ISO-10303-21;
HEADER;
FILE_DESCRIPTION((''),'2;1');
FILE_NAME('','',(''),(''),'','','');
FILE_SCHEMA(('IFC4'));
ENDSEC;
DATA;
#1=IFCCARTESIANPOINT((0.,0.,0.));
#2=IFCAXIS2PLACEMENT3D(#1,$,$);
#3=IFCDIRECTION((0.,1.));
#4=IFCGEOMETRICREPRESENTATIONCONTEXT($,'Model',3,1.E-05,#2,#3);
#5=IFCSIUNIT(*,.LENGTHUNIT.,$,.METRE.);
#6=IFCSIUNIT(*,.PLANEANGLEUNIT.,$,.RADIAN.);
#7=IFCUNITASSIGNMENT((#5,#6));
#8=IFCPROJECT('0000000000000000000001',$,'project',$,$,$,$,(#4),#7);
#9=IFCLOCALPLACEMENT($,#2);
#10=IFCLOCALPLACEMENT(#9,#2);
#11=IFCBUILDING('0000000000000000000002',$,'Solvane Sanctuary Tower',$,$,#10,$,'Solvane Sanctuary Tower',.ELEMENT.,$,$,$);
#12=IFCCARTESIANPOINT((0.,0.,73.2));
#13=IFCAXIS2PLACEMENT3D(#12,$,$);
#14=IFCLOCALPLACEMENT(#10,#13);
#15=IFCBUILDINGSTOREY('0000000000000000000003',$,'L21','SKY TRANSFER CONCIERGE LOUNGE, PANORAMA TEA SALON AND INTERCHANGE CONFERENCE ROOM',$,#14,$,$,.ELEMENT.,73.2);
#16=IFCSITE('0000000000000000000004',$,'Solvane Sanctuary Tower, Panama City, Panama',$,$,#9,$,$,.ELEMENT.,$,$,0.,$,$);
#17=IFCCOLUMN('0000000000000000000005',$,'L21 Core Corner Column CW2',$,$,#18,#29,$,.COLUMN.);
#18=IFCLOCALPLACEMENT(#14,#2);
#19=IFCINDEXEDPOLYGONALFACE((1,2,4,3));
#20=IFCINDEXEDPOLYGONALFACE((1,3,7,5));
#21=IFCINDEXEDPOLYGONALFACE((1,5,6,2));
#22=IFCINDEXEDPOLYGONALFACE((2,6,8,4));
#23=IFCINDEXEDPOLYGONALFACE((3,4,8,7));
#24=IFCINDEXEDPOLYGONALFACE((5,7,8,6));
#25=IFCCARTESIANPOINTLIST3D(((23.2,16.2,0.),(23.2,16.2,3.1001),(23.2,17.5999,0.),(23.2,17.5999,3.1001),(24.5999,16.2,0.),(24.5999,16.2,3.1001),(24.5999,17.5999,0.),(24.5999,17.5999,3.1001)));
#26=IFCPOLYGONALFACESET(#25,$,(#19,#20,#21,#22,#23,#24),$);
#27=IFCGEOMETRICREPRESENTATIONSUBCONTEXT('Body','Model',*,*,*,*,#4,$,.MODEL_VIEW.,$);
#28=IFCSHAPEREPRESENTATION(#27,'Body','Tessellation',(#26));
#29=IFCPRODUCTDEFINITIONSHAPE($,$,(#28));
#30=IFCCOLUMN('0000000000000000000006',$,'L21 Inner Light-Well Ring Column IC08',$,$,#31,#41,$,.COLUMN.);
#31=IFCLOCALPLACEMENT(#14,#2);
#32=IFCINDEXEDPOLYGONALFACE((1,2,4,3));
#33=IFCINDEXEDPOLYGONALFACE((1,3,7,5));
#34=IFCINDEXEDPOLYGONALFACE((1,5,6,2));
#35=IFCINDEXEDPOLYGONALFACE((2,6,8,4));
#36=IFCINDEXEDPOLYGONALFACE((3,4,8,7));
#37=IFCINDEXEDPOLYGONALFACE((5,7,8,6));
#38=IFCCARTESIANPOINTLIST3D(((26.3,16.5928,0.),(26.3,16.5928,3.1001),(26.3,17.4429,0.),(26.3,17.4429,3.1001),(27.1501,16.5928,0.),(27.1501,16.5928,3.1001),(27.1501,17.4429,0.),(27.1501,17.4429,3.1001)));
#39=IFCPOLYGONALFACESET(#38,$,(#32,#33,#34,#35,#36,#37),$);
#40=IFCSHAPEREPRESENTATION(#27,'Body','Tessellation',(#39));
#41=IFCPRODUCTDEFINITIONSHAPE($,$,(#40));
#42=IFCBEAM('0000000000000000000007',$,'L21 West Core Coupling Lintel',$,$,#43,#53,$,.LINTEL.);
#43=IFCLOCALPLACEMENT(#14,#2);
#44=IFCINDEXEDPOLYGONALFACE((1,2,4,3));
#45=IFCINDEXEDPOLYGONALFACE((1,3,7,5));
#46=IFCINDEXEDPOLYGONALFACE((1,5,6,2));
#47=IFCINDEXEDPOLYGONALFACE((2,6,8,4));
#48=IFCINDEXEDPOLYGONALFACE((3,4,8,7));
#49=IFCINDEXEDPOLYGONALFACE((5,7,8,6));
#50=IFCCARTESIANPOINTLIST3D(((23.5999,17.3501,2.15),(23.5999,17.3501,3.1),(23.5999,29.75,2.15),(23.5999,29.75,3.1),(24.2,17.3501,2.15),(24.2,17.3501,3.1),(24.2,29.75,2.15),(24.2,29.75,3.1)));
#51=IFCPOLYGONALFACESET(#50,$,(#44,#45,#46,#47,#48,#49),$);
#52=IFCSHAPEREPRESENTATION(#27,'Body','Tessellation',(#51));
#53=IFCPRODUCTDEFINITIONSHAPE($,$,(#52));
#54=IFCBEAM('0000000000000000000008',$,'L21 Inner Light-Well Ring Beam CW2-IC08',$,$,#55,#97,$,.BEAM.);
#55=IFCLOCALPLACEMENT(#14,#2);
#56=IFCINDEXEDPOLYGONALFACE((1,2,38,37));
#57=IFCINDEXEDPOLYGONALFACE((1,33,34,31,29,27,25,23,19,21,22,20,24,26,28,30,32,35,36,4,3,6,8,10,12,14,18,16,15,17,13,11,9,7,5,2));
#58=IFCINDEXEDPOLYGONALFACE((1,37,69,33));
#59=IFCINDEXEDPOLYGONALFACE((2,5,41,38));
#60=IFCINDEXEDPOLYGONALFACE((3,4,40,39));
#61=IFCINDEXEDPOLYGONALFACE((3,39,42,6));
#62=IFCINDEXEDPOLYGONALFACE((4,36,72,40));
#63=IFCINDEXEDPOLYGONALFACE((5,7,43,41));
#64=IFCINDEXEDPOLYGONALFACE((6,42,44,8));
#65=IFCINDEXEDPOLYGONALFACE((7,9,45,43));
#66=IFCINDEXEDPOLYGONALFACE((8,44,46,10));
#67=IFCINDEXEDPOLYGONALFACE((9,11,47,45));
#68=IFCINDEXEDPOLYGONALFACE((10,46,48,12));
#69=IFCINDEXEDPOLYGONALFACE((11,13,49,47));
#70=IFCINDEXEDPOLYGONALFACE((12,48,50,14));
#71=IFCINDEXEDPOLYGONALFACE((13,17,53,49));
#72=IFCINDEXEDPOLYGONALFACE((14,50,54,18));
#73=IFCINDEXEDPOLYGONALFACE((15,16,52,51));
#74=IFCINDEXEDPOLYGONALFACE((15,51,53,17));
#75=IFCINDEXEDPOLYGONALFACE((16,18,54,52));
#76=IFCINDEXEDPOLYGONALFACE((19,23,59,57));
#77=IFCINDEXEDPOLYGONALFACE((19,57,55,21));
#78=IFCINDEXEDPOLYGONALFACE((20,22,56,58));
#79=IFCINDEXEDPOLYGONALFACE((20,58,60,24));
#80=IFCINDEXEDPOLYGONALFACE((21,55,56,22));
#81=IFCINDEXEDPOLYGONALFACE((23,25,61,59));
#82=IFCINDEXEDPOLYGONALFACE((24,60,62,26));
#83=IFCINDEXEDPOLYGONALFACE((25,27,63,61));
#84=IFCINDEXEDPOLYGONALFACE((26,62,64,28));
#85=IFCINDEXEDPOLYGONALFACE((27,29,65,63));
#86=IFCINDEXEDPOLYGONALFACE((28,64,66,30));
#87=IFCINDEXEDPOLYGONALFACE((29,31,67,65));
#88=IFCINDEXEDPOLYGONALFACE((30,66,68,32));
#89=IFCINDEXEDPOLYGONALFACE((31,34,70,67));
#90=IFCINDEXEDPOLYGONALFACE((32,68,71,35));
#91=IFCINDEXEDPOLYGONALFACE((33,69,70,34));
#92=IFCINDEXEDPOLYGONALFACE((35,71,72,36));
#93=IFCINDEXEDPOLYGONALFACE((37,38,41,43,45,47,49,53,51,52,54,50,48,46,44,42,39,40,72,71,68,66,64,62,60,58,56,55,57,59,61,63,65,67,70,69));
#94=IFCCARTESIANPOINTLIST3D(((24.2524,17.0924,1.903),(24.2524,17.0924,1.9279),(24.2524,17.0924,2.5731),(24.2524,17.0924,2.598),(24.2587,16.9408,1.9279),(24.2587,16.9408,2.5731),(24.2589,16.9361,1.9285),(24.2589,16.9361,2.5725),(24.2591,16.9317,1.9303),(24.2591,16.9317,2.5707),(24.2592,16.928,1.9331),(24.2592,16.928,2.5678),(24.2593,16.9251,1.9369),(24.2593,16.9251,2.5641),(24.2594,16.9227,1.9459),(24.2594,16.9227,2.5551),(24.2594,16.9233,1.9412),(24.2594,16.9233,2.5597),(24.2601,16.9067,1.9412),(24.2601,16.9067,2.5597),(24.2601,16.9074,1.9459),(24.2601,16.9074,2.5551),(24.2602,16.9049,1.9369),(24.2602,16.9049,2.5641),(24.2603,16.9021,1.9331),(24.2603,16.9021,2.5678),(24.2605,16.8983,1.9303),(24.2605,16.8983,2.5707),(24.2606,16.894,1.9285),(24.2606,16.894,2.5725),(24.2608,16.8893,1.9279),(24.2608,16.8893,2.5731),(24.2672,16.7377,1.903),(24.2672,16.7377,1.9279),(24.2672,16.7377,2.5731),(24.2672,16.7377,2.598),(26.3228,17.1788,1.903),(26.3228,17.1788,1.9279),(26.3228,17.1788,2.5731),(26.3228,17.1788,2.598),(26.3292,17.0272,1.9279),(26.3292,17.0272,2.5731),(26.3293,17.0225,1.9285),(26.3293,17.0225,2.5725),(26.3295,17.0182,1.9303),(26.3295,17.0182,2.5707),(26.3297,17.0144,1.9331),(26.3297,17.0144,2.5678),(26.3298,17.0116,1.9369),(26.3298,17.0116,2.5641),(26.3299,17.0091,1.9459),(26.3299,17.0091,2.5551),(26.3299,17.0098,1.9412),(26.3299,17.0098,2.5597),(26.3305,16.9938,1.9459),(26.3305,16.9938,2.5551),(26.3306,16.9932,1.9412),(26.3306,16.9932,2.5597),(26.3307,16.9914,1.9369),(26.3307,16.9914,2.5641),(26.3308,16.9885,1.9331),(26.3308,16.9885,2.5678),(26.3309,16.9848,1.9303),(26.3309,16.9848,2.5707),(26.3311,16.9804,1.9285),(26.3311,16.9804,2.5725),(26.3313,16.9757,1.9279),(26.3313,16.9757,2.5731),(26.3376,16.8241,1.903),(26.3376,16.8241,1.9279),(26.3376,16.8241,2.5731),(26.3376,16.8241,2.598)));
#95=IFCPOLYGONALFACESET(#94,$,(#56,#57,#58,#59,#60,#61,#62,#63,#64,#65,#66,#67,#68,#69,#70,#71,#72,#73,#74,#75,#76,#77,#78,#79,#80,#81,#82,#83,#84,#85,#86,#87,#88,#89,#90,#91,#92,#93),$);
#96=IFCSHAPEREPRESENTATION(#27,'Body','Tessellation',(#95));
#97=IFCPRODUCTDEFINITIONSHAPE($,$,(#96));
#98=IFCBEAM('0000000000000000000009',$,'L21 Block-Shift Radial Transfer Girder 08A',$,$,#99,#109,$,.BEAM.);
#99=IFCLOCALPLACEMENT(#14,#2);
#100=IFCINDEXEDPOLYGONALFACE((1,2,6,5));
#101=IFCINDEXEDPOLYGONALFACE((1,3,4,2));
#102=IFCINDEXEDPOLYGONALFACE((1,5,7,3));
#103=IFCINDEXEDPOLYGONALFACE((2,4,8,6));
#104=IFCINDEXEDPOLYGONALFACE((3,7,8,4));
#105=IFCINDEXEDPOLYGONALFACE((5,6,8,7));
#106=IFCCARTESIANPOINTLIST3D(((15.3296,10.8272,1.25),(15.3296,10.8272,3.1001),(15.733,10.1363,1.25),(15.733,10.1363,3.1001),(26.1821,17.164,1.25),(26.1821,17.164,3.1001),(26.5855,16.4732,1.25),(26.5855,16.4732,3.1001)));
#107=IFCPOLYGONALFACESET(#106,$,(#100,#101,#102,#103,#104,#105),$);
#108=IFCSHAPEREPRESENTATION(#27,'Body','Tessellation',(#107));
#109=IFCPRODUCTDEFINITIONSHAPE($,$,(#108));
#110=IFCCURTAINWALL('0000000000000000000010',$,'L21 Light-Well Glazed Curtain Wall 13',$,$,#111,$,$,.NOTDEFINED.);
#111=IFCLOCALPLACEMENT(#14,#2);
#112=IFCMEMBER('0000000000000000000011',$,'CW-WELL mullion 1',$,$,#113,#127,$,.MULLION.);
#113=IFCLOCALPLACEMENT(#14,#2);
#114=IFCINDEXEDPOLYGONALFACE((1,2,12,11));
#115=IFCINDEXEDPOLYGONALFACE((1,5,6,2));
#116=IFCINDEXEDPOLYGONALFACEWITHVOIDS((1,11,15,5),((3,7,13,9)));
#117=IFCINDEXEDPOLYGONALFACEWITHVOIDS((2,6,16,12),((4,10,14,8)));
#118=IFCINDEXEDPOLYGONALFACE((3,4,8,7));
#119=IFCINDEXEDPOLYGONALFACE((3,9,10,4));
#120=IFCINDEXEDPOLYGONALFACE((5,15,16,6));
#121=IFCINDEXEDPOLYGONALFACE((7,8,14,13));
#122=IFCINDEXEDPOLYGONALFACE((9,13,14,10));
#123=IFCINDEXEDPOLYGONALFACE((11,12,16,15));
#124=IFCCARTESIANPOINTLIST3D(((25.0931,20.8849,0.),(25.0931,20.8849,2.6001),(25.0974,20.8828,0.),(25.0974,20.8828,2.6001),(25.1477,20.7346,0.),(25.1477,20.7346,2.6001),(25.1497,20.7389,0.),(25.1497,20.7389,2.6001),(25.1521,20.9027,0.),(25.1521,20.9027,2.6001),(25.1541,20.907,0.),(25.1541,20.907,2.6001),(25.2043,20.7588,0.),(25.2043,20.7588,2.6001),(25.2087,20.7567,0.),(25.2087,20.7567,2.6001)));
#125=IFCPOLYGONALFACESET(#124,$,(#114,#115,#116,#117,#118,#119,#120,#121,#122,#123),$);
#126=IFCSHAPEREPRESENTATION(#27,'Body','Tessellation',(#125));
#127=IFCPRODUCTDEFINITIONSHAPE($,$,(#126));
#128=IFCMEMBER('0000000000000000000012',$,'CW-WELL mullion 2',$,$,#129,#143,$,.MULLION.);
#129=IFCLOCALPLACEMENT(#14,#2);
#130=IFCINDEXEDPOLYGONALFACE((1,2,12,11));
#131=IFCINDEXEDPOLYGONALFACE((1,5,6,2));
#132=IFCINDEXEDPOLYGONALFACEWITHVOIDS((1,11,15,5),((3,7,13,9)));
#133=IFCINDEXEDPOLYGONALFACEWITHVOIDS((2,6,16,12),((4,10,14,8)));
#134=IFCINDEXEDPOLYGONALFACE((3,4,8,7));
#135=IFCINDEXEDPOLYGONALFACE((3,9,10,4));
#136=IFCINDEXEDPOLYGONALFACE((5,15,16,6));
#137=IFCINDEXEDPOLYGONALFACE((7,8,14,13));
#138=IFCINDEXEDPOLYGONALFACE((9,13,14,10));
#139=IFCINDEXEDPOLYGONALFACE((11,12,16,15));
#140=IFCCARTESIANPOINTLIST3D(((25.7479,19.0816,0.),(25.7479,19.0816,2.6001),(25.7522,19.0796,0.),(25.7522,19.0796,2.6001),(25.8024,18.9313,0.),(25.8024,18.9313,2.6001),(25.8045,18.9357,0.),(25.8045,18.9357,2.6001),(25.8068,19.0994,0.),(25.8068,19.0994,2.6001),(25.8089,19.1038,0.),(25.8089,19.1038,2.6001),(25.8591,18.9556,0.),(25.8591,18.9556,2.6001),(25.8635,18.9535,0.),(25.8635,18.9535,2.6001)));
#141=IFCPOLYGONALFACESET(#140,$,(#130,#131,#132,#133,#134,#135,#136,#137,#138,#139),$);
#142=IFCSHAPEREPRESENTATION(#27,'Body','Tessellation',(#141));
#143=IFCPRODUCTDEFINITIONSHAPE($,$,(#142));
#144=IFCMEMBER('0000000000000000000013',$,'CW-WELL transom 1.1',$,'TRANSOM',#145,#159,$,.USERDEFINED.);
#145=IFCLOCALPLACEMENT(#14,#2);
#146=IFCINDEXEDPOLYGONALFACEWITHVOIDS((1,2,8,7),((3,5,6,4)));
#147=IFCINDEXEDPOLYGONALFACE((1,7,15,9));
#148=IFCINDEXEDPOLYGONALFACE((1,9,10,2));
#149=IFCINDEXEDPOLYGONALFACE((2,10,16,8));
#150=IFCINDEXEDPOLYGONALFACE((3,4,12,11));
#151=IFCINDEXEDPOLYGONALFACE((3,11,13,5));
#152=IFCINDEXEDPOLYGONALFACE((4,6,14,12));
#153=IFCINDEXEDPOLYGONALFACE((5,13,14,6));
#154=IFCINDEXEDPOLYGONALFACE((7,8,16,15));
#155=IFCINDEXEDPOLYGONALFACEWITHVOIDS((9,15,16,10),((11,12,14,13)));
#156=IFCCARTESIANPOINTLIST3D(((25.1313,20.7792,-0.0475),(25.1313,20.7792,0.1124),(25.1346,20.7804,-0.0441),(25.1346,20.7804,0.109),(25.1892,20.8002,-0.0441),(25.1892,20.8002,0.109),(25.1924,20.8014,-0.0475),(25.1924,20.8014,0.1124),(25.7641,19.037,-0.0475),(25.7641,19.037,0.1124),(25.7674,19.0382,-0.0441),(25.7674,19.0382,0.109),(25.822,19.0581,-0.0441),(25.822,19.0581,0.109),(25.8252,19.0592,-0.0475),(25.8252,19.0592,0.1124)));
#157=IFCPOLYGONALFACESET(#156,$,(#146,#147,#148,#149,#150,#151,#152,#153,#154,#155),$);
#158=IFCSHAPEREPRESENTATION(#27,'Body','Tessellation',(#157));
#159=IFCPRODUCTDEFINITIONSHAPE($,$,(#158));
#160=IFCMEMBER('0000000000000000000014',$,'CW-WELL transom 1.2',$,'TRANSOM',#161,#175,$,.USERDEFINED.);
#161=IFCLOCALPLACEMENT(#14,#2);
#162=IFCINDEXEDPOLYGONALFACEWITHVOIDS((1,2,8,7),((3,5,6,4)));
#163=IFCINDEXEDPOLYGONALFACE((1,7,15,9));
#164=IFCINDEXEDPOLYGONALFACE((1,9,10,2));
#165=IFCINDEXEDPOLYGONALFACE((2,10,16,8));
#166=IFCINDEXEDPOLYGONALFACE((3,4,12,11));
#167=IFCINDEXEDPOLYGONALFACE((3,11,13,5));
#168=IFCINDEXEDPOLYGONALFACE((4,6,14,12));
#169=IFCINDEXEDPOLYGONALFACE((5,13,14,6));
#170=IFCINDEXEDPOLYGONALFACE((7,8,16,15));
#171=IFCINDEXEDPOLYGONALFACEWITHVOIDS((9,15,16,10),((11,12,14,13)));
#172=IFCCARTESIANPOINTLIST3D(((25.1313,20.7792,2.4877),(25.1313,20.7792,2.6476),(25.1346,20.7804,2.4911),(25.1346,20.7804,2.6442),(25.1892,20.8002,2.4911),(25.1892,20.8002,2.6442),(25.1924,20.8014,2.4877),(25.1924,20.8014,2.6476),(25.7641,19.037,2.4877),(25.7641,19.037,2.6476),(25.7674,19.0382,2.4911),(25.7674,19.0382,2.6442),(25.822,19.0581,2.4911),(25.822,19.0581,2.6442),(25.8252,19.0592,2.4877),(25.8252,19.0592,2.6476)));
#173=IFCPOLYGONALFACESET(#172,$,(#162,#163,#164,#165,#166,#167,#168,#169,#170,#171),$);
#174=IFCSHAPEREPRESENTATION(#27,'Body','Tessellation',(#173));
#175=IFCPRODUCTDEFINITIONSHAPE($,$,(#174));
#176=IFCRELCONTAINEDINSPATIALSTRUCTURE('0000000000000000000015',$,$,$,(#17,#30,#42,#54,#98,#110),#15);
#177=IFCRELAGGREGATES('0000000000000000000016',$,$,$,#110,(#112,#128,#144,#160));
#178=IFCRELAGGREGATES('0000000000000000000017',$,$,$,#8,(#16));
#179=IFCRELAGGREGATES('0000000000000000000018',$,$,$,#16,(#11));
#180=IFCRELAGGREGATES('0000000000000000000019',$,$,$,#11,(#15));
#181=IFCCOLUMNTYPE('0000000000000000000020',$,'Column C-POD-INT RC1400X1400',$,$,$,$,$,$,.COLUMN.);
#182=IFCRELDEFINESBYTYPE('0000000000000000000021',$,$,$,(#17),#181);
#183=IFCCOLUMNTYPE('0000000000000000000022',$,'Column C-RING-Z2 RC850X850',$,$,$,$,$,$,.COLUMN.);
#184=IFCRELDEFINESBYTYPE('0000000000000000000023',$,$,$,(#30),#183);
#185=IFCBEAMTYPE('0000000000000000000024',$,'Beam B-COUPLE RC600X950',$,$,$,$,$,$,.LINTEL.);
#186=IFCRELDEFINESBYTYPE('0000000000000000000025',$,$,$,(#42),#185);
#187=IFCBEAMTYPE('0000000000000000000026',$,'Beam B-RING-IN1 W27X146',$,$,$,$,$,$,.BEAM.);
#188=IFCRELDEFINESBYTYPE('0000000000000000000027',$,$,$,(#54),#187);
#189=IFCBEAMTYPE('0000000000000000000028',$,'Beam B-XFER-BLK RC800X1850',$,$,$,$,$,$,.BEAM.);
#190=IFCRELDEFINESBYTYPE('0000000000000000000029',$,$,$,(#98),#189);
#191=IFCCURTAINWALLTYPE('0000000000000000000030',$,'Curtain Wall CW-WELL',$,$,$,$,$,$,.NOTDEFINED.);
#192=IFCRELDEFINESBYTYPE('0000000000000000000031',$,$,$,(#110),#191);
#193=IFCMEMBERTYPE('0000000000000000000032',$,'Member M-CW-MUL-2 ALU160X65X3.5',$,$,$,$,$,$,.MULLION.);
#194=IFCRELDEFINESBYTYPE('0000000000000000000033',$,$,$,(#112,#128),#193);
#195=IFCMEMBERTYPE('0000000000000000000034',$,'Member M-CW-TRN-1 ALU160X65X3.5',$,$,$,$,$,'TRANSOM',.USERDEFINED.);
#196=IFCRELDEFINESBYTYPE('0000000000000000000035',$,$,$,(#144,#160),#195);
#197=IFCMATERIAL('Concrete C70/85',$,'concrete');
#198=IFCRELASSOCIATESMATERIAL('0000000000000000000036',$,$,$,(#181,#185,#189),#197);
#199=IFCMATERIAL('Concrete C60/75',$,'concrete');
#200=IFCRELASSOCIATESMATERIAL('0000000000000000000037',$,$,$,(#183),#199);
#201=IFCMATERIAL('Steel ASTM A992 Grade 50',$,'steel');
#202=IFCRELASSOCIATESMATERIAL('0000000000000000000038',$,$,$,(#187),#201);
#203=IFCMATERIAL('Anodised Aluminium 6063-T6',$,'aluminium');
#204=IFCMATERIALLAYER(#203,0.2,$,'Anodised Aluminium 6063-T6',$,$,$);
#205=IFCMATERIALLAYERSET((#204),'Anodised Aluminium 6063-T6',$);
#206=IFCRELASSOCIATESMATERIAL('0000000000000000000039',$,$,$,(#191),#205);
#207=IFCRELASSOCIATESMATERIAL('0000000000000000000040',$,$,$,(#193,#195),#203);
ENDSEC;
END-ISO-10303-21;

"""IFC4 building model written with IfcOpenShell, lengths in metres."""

from ifc_helpers import new_model, si_unit, direction, frame, origin, origin_2d, place, context, subcontext, project, spatial, rectangle, hollow_rectangle, i_section, extrude, material, layer, layer_set, material_profile, profile_set, type_object, element, aggregate, save


model = new_model("IFC4")

# Units and contexts
model_context = context("Model", 3, precision=1e-05, world=origin(), true_north=direction((0.0, 1.0)))
body_context = subcontext(model_context, "Body", "Model", "MODEL_VIEW")
ifc_project = project(units=[si_unit("LENGTHUNIT", "METRE"), si_unit("PLANEANGLEUNIT", "RADIAN")], contexts=[model_context])

# Site, building, storey
site_placement = place(None, origin())
site = spatial("IfcSite", under=ifc_project, at=site_placement, Name="Solvane Sanctuary Tower, Panama City, Panama", CompositionType="ELEMENT", RefElevation=0.0)
building_placement = place(site_placement, origin())
building = spatial("IfcBuilding", under=site, at=building_placement, Name="Solvane Sanctuary Tower", LongName="Solvane Sanctuary Tower", CompositionType="ELEMENT")
storey_placement = place(building_placement, frame((0.0, 0.0, 73.2)))
storey = spatial("IfcBuildingStorey", under=building, at=storey_placement, Name="L21", Description="SKY TRANSFER CONCIERGE LOUNGE, PANORAMA TEA SALON AND INTERCHANGE CONFERENCE ROOM", CompositionType="ELEMENT", Elevation=73.2)

# Columns
ifc_material_1 = material(Name="Concrete C70/85", Category="concrete")
ifc_material_profile_1 = material_profile(ifc_material_1, rectangle(XDim=1.3999, YDim=1.3999, at=origin_2d()), Name="RC1400X1400")
ifc_profile_set_1 = profile_set([ifc_material_profile_1], Name="Concrete C70/85")
column_type_1 = type_object("IfcColumnType", Name="Column C-POD-INT RC1400X1400", PredefinedType="COLUMN", material=ifc_profile_set_1)
column_1_placement = place(storey_placement, frame((23.8999, 16.8999, 0.0), z_axis=(0.0, 0.0, 1.0), x_axis=(1.0, 0.0, 0.0)))
element("IfcColumn", 1, at=column_1_placement, inside=storey, type_object=column_type_1, Name="L21 Core Corner Column CW2", PredefinedType="COLUMN", context=body_context, shape_type="SweptSolid", body=[
    extrude(rectangle(XDim=1.3999, YDim=1.3999, at=origin_2d()), origin(), (0.0, 0.0, 1.0), 3.1001),
])
ifc_material_2 = material(Name="Concrete C60/75", Category="concrete")
ifc_material_profile_2 = material_profile(ifc_material_2, rectangle(XDim=0.8501, YDim=0.8501, at=origin_2d()), Name="RC850X850")
ifc_profile_set_2 = profile_set([ifc_material_profile_2], Name="Concrete C60/75")
column_type_2 = type_object("IfcColumnType", Name="Column C-RING-Z2 RC850X850", PredefinedType="COLUMN", material=ifc_profile_set_2)
column_2_placement = place(storey_placement, frame((26.7251, 17.0178, 0.0), z_axis=(0.0, 0.0, 1.0), x_axis=(1.0, 0.0, 0.0)))
element("IfcColumn", 2, at=column_2_placement, inside=storey, type_object=column_type_2, Name="L21 Inner Light-Well Ring Column IC08", PredefinedType="COLUMN", context=body_context, shape_type="SweptSolid", body=[
    extrude(rectangle(XDim=0.8501, YDim=0.8501, at=origin_2d()), origin(), (0.0, 0.0, 1.0), 3.1001),
])

# Beams
ifc_material_profile_3 = material_profile(ifc_material_1, rectangle(XDim=0.6001, YDim=0.95, at=origin_2d()), Name="RC600X950")
ifc_profile_set_3 = profile_set([ifc_material_profile_3], Name="Concrete C70/85")
beam_type_1 = type_object("IfcBeamType", Name="Beam B-COUPLE RC600X950", PredefinedType="LINTEL", material=ifc_profile_set_3)
beam_1_placement = place(storey_placement, frame((23.8999, 17.3501, 2.625), z_axis=(0.0, 1.0, 0.0), x_axis=(-1.0, 0.0, 0.0)))
element("IfcBeam", 3, at=beam_1_placement, inside=storey, type_object=beam_type_1, Name="L21 West Core Coupling Lintel", PredefinedType="LINTEL", context=body_context, shape_type="SweptSolid", body=[
    extrude(rectangle(XDim=0.6001, YDim=0.95, at=origin_2d()), origin(), (0.0, 0.0, 1.0), 12.3999),
])
ifc_material_3 = material(Name="Steel ASTM A992 Grade 50", Category="steel")
ifc_material_profile_4 = material_profile(ifc_material_3, i_section(OverallWidth=0.355, OverallDepth=0.6951, WebThickness=0.0154, FlangeThickness=0.0249, FilletRadius=0.0181, at=origin_2d()), Name="W27X146")
ifc_profile_set_4 = profile_set([ifc_material_profile_4], Name="Steel ASTM A992 Grade 50")
beam_type_2 = type_object("IfcBeamType", Name="Beam B-RING-IN1 W27X146", PredefinedType="BEAM", material=ifc_profile_set_4)
beam_2_placement = place(storey_placement, frame((24.2598, 16.915, 2.2505), z_axis=(0.99913, 0.041704, 0.0), x_axis=(-0.041704, 0.99913, 0.0)))
element("IfcBeam", 4, at=beam_2_placement, inside=storey, type_object=beam_type_2, Name="L21 Inner Light-Well Ring Beam CW2-IC08", PredefinedType="BEAM", context=body_context, shape_type="SweptSolid", body=[
    extrude(i_section(OverallWidth=0.355, OverallDepth=0.6951, WebThickness=0.0154, FlangeThickness=0.0249, FilletRadius=0.0181, at=origin_2d()), origin(), (0.0, 0.0, 1.0), 2.0723),
])
ifc_material_profile_5 = material_profile(ifc_material_1, rectangle(XDim=0.8, YDim=1.8501, at=origin_2d()), Name="RC800X1850")
ifc_profile_set_5 = profile_set([ifc_material_profile_5], Name="Concrete C70/85")
beam_type_3 = type_object("IfcBeamType", Name="Beam B-XFER-BLK RC800X1850", PredefinedType="BEAM", material=ifc_profile_set_5)
beam_3_placement = place(storey_placement, frame((26.3838, 16.8186, 2.175), z_axis=(-0.863562, -0.504243, 0.0), x_axis=(0.504243, -0.863562, 0.0)))
element("IfcBeam", 5, at=beam_3_placement, inside=storey, type_object=beam_type_3, Name="L21 Block-Shift Radial Transfer Girder 08A", PredefinedType="BEAM", context=body_context, shape_type="SweptSolid", body=[
    extrude(rectangle(XDim=0.8, YDim=1.8501, at=origin_2d()), origin(), (0.0, 0.0, 1.0), 12.5671),
])

# Curtain wall, members
ifc_material_4 = material(Name="Anodised Aluminium 6063-T6", Category="aluminium")
ifc_layer_1 = layer(ifc_material_4, 0.2, Name="Anodised Aluminium 6063-T6")
ifc_layer_set_1 = layer_set([ifc_layer_1], Name="Anodised Aluminium 6063-T6")
curtain_wall_type = type_object("IfcCurtainWallType", Name="Curtain Wall CW-WELL", PredefinedType="NOTDEFINED", material=ifc_layer_set_1)
curtain_wall_placement = place(storey_placement, origin())
curtain_wall = element("IfcCurtainWall", 6, at=curtain_wall_placement, inside=storey, type_object=curtain_wall_type, Name="L21 Light-Well Glazed Curtain Wall 13", PredefinedType="NOTDEFINED")
ifc_material_profile_6 = material_profile(ifc_material_4, hollow_rectangle(XDim=0.0649, YDim=0.1599, WallThickness=0.0034, at=origin_2d()), Name="ALU160X65X3.5")
ifc_profile_set_6 = profile_set([ifc_material_profile_6], Name="Anodised Aluminium 6063-T6")
member_type_1 = type_object("IfcMemberType", Name="Member M-CW-MUL-2 ALU160X65X3.5", PredefinedType="MULLION", material=ifc_profile_set_6)
member_1_placement = place(storey_placement, frame((25.1509, 20.8208, 0.0), z_axis=(0.0, 0.0, 1.0), x_axis=(0.939933, 0.341358, 0.0)))
member_1 = element("IfcMember", 7, at=member_1_placement, type_object=member_type_1, Name="CW-WELL mullion 1", PredefinedType="MULLION", context=body_context, shape_type="SweptSolid", body=[
    extrude(hollow_rectangle(XDim=0.0649, YDim=0.1599, WallThickness=0.0034, at=origin_2d()), origin(), (0.0, 0.0, 1.0), 2.6001),
])
member_2_placement = place(storey_placement, frame((25.8057, 19.0176, 0.0), z_axis=(0.0, 0.0, 1.0), x_axis=(0.939933, 0.341358, 0.0)))
member_2 = element("IfcMember", 8, at=member_2_placement, type_object=member_type_1, Name="CW-WELL mullion 2", PredefinedType="MULLION", context=body_context, shape_type="SweptSolid", body=[
    extrude(hollow_rectangle(XDim=0.0649, YDim=0.1599, WallThickness=0.0034, at=origin_2d()), origin(), (0.0, 0.0, 1.0), 2.6001),
])
ifc_material_profile_7 = material_profile(ifc_material_4, hollow_rectangle(XDim=0.0649, YDim=0.1599, WallThickness=0.0034, at=origin_2d()), Name="ALU160X65X3.5")
ifc_profile_set_7 = profile_set([ifc_material_profile_7], Name="Anodised Aluminium 6063-T6")
member_type_2 = type_object("IfcMemberType", Name="Member M-CW-TRN-1 ALU160X65X3.5", ElementType="TRANSOM", PredefinedType="USERDEFINED", material=ifc_profile_set_7)
member_3_placement = place(storey_placement, frame((25.1619, 20.7903, 0.0325), z_axis=(0.341405, -0.939916, 0.0), x_axis=(0.939916, 0.341405, 0.0)))
member_3 = element("IfcMember", 9, at=member_3_placement, type_object=member_type_2, Name="CW-WELL transom 1.1", ObjectType="TRANSOM", PredefinedType="USERDEFINED", context=body_context, shape_type="SweptSolid", body=[
    extrude(hollow_rectangle(XDim=0.0649, YDim=0.1599, WallThickness=0.0034, at=origin_2d()), origin(), (0.0, 0.0, 1.0), 1.8535),
])
member_4_placement = place(storey_placement, frame((25.1619, 20.7903, 2.5676), z_axis=(0.341405, -0.939916, 0.0), x_axis=(0.939916, 0.341405, 0.0)))
member_4 = element("IfcMember", 10, at=member_4_placement, type_object=member_type_2, Name="CW-WELL transom 1.2", ObjectType="TRANSOM", PredefinedType="USERDEFINED", context=body_context, shape_type="SweptSolid", body=[
    extrude(hollow_rectangle(XDim=0.0649, YDim=0.1599, WallThickness=0.0034, at=origin_2d()), origin(), (0.0, 0.0, 1.0), 1.8535),
])
aggregate(curtain_wall, [member_1, member_2, member_3, member_4])

save(model, "model.ifc")
